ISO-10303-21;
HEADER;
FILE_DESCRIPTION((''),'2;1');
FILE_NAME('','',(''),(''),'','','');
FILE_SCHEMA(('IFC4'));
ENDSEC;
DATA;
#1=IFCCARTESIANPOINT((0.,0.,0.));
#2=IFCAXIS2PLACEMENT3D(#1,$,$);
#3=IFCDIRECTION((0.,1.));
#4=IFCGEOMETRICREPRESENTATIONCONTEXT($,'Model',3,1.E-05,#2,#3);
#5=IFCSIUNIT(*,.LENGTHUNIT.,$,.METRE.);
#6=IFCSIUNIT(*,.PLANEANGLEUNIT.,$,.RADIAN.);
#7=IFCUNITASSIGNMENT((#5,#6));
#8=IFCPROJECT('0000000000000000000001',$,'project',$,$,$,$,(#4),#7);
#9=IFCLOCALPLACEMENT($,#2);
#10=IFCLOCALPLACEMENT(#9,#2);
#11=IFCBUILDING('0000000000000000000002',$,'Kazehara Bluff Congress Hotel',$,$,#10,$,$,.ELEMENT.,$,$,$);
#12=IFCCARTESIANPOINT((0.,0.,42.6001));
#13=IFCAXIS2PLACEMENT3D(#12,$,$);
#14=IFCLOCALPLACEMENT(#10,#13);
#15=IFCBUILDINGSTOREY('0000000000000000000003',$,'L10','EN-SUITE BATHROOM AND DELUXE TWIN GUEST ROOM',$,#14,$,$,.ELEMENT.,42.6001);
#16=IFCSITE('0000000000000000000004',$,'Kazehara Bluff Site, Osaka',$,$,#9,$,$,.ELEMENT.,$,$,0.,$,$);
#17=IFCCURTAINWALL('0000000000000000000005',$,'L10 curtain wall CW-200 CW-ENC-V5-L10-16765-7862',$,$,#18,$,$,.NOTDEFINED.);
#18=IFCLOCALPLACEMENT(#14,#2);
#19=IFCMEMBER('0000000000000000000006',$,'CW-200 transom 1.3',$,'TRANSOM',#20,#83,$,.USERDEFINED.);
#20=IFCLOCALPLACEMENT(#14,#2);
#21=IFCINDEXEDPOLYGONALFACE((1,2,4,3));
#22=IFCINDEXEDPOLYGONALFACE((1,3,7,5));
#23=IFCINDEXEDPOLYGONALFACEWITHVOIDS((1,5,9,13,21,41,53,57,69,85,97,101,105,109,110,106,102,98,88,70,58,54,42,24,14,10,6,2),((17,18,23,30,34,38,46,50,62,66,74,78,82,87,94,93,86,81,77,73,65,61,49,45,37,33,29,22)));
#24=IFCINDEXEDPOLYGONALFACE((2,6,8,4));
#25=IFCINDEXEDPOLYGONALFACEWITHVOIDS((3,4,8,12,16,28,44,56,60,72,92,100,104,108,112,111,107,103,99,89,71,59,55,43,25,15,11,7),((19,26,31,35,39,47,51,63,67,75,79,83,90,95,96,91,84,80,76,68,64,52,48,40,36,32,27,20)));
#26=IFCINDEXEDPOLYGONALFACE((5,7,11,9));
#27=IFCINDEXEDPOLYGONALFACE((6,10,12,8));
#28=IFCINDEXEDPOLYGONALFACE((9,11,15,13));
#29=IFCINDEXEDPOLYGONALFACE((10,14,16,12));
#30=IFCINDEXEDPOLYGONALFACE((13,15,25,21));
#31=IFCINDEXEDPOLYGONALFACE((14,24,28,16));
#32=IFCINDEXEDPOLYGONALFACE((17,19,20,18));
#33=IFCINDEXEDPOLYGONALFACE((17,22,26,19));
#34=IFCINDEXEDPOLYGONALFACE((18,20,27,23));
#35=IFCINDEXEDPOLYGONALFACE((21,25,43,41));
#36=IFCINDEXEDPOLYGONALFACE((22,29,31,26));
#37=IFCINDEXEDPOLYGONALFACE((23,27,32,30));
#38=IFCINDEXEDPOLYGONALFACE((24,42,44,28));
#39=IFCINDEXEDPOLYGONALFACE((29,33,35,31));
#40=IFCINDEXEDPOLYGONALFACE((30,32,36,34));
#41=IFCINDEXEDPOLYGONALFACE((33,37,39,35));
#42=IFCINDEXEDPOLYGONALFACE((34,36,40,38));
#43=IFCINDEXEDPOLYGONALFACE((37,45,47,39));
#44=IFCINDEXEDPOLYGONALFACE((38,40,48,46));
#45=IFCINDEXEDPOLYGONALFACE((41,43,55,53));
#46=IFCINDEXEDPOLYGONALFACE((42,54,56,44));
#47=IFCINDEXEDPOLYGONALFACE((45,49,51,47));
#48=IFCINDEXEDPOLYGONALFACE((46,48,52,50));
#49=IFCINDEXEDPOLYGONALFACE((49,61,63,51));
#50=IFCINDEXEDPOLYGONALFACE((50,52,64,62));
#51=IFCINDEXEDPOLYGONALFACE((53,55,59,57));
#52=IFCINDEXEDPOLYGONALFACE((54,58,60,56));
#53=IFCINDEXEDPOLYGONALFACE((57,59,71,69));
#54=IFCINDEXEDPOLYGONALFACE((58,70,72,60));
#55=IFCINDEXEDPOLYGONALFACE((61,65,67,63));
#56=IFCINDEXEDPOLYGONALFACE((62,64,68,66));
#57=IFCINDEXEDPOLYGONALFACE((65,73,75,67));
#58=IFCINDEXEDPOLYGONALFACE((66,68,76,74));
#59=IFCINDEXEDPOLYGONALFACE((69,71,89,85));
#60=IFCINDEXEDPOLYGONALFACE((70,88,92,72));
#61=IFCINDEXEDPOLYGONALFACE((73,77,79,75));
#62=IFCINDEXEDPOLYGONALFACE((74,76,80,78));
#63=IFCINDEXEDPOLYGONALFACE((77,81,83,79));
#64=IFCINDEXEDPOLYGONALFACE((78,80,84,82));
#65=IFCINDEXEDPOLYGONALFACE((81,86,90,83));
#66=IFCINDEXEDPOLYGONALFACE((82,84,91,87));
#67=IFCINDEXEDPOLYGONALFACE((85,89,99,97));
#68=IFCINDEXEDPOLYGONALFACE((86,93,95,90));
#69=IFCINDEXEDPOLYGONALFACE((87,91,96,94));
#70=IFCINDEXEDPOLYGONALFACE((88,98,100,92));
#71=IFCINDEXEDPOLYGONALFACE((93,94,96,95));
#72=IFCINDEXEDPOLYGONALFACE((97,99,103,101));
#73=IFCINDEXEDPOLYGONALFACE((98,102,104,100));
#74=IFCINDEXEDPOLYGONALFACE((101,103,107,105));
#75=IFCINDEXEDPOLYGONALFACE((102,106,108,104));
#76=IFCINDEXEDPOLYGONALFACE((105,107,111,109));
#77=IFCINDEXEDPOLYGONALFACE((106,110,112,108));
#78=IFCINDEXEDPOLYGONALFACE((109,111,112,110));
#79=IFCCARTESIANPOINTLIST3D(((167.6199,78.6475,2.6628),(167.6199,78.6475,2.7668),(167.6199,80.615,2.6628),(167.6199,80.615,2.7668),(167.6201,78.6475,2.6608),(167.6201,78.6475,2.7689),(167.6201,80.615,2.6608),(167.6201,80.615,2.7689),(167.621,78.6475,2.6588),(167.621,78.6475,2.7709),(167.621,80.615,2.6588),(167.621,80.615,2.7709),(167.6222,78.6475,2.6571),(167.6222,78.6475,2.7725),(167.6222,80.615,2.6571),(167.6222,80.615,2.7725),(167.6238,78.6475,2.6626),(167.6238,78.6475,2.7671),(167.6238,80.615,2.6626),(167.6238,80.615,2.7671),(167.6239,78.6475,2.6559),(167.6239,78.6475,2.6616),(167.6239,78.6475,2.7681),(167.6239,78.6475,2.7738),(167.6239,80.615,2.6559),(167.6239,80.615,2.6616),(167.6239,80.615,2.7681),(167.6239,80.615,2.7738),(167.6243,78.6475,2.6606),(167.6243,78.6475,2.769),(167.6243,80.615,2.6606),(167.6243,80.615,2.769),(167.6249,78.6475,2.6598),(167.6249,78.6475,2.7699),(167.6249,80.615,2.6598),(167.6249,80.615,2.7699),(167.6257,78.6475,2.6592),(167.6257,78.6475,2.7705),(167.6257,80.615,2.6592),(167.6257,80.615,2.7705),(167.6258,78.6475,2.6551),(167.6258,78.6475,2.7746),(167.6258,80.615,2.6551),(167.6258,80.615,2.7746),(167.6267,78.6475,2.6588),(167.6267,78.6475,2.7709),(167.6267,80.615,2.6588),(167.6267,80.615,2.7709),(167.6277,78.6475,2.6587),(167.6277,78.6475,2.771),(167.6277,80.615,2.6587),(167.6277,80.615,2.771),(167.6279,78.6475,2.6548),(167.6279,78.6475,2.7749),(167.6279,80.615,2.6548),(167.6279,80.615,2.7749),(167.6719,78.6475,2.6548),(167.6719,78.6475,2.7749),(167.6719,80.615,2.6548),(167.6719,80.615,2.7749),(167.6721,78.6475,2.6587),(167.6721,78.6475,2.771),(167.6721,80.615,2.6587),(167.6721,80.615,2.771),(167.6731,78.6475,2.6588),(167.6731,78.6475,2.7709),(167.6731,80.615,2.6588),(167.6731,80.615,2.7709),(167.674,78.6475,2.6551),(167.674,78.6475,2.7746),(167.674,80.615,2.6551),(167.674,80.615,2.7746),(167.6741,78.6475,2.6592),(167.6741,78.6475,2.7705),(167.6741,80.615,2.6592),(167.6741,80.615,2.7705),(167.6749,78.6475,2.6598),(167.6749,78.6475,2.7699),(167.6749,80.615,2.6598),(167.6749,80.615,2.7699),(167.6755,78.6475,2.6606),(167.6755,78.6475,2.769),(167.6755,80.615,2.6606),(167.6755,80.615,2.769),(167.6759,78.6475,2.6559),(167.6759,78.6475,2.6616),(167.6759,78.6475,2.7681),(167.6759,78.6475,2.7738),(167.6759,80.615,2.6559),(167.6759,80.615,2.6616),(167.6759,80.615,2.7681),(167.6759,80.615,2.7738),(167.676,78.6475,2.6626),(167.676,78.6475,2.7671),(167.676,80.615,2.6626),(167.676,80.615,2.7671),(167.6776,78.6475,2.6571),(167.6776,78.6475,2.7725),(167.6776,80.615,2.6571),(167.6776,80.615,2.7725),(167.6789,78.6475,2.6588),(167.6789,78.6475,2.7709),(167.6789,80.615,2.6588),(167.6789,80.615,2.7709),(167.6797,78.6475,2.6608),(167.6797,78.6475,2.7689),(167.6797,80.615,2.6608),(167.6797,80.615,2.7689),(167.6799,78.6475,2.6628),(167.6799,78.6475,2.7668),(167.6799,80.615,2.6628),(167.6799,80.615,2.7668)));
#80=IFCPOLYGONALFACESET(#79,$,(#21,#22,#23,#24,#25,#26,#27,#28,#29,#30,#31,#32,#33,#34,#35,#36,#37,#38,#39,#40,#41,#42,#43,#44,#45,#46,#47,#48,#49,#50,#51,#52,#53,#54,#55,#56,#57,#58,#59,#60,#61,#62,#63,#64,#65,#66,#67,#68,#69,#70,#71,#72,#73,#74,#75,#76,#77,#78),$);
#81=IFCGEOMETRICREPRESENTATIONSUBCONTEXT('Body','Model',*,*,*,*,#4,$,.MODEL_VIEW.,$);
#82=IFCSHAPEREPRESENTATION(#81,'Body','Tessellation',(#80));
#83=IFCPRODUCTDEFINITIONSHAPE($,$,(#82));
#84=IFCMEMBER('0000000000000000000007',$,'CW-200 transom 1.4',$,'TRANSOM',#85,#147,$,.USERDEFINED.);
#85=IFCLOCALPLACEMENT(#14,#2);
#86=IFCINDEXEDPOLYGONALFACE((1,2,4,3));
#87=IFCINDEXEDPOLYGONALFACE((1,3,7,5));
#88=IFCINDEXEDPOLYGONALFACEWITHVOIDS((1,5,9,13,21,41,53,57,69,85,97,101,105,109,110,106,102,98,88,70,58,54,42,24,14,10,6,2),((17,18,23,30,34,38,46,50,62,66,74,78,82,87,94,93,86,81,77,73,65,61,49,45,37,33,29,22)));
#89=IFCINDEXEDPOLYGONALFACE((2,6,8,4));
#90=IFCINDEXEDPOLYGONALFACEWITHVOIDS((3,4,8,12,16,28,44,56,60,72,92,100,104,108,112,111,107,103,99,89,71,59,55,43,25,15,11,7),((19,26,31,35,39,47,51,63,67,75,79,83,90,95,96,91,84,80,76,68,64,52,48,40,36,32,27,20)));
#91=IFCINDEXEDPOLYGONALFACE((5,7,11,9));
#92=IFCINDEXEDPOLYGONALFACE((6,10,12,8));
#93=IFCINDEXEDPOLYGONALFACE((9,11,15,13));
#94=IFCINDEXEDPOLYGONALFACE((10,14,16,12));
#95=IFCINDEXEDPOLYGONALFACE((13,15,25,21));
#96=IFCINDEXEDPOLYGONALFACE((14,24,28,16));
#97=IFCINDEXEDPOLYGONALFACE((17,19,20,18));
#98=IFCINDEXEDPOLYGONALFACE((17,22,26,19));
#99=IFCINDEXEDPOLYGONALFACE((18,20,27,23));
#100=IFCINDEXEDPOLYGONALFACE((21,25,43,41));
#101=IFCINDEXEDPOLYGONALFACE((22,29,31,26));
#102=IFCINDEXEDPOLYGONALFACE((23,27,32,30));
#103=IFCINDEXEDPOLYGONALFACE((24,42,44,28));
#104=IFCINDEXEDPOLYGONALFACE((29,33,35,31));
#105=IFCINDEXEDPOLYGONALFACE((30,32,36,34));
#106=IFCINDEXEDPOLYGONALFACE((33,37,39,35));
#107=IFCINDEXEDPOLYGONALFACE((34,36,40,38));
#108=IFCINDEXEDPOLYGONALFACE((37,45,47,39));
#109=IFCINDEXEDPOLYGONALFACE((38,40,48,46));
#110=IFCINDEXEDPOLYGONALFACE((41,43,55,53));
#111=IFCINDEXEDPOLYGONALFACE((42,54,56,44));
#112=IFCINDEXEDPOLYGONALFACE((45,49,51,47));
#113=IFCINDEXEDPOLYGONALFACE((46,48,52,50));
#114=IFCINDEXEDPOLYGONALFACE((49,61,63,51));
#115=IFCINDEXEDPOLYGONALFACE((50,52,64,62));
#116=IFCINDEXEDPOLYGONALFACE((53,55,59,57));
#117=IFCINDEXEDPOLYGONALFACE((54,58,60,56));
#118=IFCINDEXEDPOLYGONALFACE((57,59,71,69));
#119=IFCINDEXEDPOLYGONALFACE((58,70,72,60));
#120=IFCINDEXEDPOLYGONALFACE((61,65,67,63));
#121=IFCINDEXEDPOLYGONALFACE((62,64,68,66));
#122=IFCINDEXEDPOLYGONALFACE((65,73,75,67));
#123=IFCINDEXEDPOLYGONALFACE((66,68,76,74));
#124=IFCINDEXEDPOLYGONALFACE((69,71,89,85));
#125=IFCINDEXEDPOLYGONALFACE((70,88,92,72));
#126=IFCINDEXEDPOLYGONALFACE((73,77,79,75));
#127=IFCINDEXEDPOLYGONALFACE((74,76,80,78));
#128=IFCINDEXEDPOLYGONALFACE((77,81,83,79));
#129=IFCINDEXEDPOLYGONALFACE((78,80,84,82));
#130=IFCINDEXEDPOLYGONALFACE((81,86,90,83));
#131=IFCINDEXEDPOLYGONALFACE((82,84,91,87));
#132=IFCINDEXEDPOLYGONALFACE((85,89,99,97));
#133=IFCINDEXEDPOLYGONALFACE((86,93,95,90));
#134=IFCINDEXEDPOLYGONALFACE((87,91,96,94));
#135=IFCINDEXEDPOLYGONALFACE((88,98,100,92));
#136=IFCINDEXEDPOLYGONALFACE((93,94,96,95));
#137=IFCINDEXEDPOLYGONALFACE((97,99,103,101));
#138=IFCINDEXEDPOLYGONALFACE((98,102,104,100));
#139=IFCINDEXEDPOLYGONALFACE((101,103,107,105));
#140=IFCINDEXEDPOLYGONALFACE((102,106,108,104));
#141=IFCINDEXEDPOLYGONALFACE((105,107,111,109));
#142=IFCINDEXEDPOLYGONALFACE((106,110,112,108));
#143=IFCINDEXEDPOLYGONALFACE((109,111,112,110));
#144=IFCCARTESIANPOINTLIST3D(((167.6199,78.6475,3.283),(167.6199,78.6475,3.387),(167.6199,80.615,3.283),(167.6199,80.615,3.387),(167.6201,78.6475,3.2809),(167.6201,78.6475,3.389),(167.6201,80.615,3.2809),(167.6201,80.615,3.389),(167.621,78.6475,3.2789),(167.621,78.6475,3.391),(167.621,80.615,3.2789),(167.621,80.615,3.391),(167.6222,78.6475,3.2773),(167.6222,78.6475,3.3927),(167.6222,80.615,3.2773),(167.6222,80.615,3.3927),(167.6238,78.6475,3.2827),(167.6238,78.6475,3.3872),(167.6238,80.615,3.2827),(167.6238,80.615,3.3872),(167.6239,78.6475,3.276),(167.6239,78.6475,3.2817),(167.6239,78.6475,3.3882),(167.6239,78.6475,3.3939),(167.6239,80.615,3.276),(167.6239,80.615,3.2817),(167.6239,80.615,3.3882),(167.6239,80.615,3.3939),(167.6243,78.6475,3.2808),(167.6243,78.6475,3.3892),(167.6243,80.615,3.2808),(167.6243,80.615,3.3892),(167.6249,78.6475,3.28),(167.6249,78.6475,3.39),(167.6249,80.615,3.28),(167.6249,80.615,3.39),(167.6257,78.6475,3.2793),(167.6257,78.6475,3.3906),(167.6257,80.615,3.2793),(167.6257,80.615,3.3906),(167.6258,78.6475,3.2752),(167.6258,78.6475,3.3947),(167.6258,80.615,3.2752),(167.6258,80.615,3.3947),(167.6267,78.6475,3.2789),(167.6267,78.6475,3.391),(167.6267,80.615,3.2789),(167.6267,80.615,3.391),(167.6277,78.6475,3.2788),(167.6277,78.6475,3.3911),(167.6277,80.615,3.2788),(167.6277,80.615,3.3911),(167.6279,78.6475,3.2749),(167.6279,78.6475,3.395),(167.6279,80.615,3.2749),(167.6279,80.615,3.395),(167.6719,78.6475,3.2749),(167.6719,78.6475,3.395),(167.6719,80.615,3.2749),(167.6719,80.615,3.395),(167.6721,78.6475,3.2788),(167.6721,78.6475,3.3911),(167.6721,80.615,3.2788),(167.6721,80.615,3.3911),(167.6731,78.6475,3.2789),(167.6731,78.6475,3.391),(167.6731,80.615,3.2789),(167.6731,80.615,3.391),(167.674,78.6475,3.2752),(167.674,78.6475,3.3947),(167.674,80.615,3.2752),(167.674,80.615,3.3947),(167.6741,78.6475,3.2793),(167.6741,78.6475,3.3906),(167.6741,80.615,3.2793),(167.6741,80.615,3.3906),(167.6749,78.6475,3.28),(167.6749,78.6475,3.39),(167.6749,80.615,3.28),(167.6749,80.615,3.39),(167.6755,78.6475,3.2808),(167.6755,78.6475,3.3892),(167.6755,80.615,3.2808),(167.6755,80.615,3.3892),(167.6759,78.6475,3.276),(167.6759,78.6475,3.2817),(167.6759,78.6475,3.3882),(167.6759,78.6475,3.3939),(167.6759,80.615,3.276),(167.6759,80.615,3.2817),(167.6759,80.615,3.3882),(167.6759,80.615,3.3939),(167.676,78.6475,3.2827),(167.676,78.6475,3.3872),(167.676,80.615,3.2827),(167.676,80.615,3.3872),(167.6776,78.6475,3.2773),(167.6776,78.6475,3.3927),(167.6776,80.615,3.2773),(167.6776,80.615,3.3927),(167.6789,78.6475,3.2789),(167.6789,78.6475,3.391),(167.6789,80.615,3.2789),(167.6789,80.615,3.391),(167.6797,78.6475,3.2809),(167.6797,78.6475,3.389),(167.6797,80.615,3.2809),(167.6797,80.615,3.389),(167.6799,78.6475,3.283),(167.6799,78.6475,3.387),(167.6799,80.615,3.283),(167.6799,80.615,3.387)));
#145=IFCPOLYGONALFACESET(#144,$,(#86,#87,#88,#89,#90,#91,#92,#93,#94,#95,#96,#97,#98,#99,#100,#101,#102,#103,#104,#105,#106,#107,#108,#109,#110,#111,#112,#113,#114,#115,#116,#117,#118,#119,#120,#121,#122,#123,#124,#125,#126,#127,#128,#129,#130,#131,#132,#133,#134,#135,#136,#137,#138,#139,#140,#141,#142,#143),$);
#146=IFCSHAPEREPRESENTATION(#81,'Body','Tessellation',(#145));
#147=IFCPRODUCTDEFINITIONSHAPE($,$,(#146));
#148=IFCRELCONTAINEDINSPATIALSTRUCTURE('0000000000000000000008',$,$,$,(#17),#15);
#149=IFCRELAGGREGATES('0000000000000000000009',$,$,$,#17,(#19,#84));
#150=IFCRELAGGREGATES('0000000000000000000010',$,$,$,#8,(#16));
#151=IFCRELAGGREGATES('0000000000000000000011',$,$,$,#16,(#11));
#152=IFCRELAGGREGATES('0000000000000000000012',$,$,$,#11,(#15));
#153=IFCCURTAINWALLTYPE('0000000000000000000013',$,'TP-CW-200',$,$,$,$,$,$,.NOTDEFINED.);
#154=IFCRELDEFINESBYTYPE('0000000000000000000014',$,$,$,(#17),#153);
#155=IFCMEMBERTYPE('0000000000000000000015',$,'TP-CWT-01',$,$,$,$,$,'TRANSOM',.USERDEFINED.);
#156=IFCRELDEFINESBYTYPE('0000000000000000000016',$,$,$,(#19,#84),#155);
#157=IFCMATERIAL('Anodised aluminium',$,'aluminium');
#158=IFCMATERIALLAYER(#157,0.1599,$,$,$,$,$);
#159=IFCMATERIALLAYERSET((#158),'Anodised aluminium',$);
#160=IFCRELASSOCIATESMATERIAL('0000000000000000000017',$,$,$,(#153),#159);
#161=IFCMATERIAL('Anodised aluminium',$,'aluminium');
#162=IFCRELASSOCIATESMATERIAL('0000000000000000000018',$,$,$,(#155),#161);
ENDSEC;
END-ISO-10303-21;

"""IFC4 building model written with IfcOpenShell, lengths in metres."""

from ifc_helpers import new_model, si_unit, direction, frame, origin, origin_2d, place, context, subcontext, project, spatial, hollow_rectangle, extrude, material, layer, layer_set, material_profile, profile_set, type_object, element, aggregate, save


model = new_model("IFC4")

# Units and contexts
model_context = context("Model", 3, precision=1e-05, world=origin(), true_north=direction((0.0, 1.0)))
body_context = subcontext(model_context, "Body", "Model", "MODEL_VIEW")
ifc_project = project(units=[si_unit("LENGTHUNIT", "METRE"), si_unit("PLANEANGLEUNIT", "RADIAN")], contexts=[model_context])

# Site, building, storey
site_placement = place(None, origin())
site = spatial("IfcSite", under=ifc_project, at=site_placement, Name="Kazehara Bluff Site, Osaka", CompositionType="ELEMENT", RefElevation=0.0)
building_placement = place(site_placement, origin())
building = spatial("IfcBuilding", under=site, at=building_placement, Name="Kazehara Bluff Congress Hotel", CompositionType="ELEMENT")
storey_placement = place(building_placement, frame((0.0, 0.0, 42.6001)))
storey = spatial("IfcBuildingStorey", under=building, at=storey_placement, Name="L10", Description="EN-SUITE BATHROOM AND DELUXE TWIN GUEST ROOM", CompositionType="ELEMENT", Elevation=42.6001)

# Curtain wall
ifc_material_1 = material(Name="Anodised aluminium", Category="aluminium")
ifc_layer_1 = layer(ifc_material_1, 0.1599)
ifc_layer_set_1 = layer_set([ifc_layer_1], Name="Anodised aluminium")
curtain_wall_type_1 = type_object("IfcCurtainWallType", Name="TP-CW-200", PredefinedType="NOTDEFINED", material=ifc_layer_set_1)
curtain_wall_1_placement = place(storey_placement, origin())
curtain_wall_1 = element("IfcCurtainWall", 1, at=curtain_wall_1_placement, inside=storey, type_object=curtain_wall_type_1, Name="L10 curtain wall CW-200 CW-ENC-V5-L10-16765-7862", PredefinedType="NOTDEFINED")

# Members
ifc_material_2 = material(Name="Anodised aluminium", Category="aluminium")
ifc_material_profile_1 = material_profile(ifc_material_2, hollow_rectangle(XDim=0.0601, YDim=0.1201, WallThickness=0.0039, InnerFilletRadius=0.0039, OuterFilletRadius=0.0081, at=origin_2d()))
ifc_profile_set_1 = profile_set([ifc_material_profile_1], Name="Anodised aluminium")
member_type_1 = type_object("IfcMemberType", Name="TP-CWT-01", ElementType="TRANSOM", PredefinedType="USERDEFINED", material=ifc_profile_set_1)
member_1_placement = place(storey_placement, frame((167.6499, 80.615, 2.7148), z_axis=(0.0, -1.0, 0.0), x_axis=(1.0, 0.0, 0.0)))
member_1 = element("IfcMember", 2, at=member_1_placement, type_object=member_type_1, Name="CW-200 transom 1.3", ObjectType="TRANSOM", PredefinedType="USERDEFINED", context=body_context, shape_type="SweptSolid", body=[
    extrude(hollow_rectangle(XDim=0.0601, YDim=0.1201, WallThickness=0.0039, InnerFilletRadius=0.0039, OuterFilletRadius=0.0081, at=origin_2d()), origin(), (0.0, 0.0, 1.0), 1.9675),
])
member_2_placement = place(storey_placement, frame((167.6499, 80.615, 3.335), z_axis=(0.0, -1.0, 0.0), x_axis=(1.0, 0.0, 0.0)))
member_2 = element("IfcMember", 3, at=member_2_placement, type_object=member_type_1, Name="CW-200 transom 1.4", ObjectType="TRANSOM", PredefinedType="USERDEFINED", context=body_context, shape_type="SweptSolid", body=[
    extrude(hollow_rectangle(XDim=0.0601, YDim=0.1201, WallThickness=0.0039, InnerFilletRadius=0.0039, OuterFilletRadius=0.0081, at=origin_2d()), origin(), (0.0, 0.0, 1.0), 1.9675),
])

aggregate(curtain_wall_1, [member_1, member_2])

save(model, "model.ifc")
